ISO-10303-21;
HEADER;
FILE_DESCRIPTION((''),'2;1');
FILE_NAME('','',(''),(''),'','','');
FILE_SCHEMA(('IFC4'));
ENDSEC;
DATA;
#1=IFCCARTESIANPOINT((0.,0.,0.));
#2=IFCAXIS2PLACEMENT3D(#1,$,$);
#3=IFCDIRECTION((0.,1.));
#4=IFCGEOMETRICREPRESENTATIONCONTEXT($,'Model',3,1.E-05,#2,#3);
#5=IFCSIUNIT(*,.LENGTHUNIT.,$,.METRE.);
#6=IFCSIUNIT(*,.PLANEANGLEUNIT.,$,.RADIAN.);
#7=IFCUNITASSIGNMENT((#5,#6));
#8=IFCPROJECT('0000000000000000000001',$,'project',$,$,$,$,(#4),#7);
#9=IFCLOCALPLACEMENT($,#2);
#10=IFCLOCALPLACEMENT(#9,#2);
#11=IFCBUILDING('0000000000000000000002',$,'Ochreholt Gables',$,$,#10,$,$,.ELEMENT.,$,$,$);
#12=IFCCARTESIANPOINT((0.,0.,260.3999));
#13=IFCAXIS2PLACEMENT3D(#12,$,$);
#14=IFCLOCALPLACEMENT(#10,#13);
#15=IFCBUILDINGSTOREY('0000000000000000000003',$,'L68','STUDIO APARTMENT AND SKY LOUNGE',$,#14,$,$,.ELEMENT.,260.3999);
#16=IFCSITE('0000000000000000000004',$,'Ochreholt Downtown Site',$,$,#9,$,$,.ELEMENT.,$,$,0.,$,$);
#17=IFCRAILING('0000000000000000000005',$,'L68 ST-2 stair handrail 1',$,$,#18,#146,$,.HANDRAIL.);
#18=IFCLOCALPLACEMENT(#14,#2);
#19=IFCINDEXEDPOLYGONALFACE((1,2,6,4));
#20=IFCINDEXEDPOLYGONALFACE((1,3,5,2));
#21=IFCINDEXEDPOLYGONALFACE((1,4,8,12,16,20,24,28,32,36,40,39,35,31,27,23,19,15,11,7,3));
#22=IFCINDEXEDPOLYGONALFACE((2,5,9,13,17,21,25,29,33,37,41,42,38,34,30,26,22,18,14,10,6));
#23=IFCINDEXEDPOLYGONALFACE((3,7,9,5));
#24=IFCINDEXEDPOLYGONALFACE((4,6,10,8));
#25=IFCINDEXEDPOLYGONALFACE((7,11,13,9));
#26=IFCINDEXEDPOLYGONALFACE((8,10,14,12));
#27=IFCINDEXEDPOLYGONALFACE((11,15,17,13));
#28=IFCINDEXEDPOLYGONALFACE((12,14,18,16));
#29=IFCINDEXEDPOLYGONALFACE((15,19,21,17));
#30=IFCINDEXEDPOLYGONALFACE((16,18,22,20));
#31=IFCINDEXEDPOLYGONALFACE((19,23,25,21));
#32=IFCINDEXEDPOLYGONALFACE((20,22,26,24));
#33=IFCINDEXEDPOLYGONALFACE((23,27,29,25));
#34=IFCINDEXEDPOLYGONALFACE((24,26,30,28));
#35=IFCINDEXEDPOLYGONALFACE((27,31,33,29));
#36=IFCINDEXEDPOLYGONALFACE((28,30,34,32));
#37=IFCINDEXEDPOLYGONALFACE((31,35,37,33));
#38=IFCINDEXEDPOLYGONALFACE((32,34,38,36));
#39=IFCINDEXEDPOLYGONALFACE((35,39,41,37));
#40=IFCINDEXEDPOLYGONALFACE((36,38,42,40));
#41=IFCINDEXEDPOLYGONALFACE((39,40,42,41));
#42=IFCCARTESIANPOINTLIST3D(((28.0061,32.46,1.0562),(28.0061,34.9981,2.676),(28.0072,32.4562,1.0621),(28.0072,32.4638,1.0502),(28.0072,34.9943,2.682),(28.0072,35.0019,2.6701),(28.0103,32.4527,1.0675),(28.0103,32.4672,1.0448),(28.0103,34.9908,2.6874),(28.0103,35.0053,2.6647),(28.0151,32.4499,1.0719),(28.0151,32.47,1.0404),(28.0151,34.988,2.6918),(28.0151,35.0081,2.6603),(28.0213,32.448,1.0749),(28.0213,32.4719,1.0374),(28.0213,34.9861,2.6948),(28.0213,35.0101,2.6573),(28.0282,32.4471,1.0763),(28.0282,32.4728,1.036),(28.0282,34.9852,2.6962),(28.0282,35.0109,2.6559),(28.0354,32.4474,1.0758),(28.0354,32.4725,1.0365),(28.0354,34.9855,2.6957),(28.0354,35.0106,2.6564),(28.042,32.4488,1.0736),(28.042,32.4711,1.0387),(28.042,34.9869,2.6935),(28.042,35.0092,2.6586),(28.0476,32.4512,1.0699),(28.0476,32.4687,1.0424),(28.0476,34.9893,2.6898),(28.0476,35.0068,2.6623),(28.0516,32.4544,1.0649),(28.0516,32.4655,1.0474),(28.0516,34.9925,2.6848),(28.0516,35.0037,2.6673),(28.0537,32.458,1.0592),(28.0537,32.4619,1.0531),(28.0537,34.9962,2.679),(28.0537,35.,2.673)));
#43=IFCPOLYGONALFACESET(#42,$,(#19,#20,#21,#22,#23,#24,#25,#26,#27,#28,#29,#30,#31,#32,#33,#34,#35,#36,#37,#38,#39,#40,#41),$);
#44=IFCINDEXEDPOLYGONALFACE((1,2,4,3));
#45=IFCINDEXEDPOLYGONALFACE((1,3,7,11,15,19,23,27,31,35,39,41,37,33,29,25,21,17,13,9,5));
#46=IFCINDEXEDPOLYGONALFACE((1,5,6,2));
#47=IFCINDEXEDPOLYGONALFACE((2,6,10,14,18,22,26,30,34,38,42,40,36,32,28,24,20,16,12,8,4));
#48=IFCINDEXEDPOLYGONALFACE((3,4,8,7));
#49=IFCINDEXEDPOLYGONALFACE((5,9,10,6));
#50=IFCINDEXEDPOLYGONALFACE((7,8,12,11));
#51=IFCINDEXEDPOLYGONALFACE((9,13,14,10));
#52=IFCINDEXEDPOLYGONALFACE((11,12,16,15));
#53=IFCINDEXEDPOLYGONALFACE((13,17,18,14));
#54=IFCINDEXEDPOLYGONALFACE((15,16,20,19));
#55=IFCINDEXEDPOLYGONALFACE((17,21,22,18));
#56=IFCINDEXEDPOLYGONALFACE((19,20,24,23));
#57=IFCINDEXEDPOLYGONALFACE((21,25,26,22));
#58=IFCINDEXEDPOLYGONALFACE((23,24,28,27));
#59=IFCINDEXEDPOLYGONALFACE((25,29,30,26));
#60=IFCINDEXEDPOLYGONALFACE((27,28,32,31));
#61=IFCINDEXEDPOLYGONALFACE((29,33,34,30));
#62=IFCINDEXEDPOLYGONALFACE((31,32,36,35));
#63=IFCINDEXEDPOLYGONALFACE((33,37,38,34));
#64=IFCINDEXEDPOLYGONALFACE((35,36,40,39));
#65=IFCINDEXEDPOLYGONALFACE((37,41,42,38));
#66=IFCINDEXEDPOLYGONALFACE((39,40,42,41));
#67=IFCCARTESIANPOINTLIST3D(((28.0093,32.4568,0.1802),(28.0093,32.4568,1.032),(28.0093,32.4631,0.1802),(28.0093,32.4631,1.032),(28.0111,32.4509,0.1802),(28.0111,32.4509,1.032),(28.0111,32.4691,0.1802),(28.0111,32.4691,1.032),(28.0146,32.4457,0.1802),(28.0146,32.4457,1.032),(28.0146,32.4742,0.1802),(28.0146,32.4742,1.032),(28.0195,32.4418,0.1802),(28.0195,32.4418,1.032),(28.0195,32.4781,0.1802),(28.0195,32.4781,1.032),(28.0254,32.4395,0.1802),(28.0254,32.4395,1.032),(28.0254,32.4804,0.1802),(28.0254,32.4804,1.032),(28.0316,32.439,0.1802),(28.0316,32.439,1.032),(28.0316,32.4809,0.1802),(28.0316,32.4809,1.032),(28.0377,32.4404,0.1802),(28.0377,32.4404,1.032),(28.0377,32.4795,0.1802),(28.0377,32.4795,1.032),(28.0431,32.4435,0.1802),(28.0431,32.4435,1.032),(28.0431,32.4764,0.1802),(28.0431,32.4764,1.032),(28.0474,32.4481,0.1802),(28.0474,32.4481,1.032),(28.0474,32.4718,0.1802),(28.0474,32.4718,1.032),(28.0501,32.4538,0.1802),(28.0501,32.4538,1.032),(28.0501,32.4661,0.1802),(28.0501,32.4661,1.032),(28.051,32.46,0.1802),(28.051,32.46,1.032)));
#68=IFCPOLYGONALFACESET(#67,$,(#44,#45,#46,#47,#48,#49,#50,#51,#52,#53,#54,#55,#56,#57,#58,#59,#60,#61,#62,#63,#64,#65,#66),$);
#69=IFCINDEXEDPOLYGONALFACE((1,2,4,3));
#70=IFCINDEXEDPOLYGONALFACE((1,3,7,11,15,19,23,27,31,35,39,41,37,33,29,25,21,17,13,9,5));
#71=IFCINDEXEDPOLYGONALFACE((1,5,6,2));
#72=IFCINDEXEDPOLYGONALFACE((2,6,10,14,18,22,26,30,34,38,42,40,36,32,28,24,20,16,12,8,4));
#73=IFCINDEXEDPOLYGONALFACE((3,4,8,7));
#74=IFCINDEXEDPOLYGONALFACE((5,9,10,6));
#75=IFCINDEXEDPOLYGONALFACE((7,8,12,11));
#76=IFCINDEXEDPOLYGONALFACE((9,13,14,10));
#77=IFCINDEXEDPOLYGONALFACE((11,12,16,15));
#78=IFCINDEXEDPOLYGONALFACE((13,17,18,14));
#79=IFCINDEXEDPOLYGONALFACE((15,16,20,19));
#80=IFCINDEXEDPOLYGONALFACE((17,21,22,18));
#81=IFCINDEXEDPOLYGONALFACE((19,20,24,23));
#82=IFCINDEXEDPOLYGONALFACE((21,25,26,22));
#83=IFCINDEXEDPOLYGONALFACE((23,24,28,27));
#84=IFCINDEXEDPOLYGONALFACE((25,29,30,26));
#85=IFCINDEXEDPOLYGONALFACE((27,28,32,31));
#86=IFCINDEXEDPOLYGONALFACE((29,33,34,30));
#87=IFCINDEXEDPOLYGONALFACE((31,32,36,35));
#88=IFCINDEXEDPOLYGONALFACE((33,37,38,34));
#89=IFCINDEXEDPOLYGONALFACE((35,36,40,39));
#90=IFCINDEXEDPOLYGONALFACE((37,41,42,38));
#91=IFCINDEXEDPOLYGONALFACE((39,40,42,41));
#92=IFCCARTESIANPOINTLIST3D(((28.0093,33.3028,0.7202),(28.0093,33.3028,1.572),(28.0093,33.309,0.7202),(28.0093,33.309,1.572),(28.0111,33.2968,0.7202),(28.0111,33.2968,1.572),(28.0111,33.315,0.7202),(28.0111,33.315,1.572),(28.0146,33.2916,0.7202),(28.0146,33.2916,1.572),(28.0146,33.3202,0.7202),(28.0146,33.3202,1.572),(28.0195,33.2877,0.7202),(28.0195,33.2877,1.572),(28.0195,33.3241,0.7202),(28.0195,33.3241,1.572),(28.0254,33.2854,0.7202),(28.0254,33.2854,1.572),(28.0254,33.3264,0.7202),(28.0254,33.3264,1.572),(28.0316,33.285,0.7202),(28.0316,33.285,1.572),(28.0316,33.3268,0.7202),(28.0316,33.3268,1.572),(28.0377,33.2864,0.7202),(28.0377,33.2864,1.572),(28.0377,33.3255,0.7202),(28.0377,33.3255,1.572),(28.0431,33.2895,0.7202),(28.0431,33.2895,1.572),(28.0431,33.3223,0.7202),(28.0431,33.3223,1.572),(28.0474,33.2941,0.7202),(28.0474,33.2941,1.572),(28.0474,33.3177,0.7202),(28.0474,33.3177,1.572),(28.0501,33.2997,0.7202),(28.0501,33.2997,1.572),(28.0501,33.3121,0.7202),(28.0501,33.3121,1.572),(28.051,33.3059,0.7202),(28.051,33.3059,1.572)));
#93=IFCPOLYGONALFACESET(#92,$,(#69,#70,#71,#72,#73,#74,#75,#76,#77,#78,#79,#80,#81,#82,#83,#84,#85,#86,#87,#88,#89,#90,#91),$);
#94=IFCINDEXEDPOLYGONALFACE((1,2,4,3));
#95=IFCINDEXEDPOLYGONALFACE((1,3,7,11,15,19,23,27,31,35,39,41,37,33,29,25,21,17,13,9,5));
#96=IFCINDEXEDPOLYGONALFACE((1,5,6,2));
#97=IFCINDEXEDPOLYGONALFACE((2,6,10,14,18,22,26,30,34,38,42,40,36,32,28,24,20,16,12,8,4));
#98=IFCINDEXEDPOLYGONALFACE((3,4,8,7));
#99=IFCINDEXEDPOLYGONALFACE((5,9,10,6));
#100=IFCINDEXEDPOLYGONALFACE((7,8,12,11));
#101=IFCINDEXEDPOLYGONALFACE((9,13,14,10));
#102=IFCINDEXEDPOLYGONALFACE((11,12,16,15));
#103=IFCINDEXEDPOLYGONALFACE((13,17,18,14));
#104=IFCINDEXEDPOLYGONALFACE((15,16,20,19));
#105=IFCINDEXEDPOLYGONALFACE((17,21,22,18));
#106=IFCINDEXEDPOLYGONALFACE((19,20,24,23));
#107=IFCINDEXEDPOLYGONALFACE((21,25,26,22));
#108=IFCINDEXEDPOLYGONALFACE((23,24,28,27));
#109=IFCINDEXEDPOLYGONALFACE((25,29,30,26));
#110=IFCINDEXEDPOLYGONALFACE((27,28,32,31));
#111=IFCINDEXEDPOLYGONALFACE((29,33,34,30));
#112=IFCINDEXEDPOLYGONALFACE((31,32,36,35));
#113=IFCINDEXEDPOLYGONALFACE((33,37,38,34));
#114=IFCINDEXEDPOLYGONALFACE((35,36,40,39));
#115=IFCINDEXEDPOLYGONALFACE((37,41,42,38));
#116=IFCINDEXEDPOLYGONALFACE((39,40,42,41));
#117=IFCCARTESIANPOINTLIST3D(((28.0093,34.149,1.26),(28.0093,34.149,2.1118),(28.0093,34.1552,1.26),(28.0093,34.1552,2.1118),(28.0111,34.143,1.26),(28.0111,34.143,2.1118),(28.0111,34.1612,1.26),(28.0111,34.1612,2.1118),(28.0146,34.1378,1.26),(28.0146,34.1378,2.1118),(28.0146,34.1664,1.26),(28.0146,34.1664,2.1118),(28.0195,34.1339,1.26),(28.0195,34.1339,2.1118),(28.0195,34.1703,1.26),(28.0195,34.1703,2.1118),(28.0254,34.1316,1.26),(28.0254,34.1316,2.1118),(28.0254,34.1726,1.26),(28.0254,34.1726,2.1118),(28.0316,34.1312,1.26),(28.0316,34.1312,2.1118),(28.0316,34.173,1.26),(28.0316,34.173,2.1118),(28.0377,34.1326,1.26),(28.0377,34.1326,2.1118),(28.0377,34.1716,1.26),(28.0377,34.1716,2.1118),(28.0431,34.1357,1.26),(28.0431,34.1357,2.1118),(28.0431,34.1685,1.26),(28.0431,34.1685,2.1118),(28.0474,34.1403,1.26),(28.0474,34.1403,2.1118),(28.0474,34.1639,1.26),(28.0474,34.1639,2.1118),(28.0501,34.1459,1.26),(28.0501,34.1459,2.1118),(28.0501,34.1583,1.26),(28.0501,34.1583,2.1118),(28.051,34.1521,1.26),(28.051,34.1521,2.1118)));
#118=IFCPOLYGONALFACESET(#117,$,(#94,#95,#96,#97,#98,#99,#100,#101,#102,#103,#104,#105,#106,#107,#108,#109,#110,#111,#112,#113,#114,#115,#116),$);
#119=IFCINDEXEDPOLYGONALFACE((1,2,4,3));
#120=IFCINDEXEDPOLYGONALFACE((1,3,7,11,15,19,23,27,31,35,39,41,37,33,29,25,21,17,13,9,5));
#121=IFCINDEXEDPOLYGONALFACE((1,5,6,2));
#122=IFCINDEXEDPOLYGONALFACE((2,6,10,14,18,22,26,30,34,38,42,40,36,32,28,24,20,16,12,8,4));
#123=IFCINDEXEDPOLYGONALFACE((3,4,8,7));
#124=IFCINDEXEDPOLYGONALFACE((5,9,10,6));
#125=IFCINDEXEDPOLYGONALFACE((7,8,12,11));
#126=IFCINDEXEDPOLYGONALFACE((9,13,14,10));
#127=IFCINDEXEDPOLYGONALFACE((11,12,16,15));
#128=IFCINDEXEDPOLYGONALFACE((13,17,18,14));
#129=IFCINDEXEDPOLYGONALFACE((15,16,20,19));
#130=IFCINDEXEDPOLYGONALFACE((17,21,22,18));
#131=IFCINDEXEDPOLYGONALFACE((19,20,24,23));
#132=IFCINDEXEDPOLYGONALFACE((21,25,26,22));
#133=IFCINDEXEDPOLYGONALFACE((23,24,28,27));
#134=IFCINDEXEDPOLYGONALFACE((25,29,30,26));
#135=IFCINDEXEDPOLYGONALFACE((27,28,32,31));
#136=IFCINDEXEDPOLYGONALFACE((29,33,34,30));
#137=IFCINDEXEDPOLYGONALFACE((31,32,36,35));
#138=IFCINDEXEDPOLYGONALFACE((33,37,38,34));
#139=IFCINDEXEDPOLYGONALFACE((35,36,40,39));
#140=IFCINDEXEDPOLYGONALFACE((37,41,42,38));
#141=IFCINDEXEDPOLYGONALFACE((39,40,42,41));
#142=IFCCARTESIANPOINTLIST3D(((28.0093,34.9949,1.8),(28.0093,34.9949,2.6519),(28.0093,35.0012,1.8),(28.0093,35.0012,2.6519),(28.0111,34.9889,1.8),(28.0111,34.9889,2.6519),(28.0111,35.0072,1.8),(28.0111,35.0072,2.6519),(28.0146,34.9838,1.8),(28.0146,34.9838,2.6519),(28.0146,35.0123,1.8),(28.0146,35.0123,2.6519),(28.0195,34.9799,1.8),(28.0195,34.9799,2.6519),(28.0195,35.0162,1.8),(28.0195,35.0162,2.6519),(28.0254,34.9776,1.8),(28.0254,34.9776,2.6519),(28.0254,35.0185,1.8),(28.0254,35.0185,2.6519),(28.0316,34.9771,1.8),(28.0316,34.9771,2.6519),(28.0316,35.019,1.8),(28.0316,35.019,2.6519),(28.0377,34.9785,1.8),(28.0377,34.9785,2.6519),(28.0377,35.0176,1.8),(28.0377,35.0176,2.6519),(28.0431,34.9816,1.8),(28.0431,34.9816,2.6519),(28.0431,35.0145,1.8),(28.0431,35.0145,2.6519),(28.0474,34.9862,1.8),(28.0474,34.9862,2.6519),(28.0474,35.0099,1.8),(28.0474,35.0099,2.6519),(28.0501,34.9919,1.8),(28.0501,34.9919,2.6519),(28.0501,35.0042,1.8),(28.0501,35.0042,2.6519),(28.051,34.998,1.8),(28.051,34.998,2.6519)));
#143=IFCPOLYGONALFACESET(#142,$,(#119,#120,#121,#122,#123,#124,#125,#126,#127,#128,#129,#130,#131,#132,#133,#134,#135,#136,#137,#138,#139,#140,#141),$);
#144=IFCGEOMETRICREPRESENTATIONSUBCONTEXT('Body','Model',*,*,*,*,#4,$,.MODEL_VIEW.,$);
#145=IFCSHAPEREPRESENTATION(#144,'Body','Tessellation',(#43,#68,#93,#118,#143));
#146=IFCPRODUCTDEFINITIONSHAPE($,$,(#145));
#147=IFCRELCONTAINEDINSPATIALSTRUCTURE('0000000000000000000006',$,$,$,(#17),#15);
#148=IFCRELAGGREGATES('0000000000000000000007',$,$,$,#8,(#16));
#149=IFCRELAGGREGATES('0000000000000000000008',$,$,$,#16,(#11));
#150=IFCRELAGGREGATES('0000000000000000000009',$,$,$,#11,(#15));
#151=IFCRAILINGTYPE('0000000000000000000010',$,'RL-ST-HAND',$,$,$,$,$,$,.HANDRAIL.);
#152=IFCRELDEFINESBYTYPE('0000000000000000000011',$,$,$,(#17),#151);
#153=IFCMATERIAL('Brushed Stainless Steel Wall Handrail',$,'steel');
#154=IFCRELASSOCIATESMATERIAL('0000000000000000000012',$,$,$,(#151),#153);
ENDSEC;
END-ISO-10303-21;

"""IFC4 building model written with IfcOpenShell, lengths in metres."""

from ifc_helpers import new_model, si_unit, direction, frame, origin, origin_2d, place, context, subcontext, project, spatial, circle, extrude, material, type_object, element, save


model = new_model("IFC4")

# Units and contexts
model_context = context("Model", 3, precision=1e-05, world=origin(), true_north=direction((0.0, 1.0)))
body_context = subcontext(model_context, "Body", "Model", "MODEL_VIEW")
ifc_project = project(units=[si_unit("LENGTHUNIT", "METRE"), si_unit("PLANEANGLEUNIT", "RADIAN")], contexts=[model_context])

# Site, building, storey
site_placement = place(None, origin())
site = spatial("IfcSite", under=ifc_project, at=site_placement, Name="Ochreholt Downtown Site", CompositionType="ELEMENT", RefElevation=0.0)
building_placement = place(site_placement, origin())
building = spatial("IfcBuilding", under=site, at=building_placement, Name="Ochreholt Gables", CompositionType="ELEMENT")
storey_placement = place(building_placement, frame((0.0, 0.0, 260.3999)))
storey = spatial("IfcBuildingStorey", under=building, at=storey_placement, Name="L68", Description="STUDIO APARTMENT AND SKY LOUNGE", CompositionType="ELEMENT", Elevation=260.3999)

# Railing
ifc_material_1 = material(Name="Brushed Stainless Steel Wall Handrail", Category="steel")
railing_type_1 = type_object("IfcRailingType", Name="RL-ST-HAND", PredefinedType="HANDRAIL", material=ifc_material_1)
railing_1_placement = place(storey_placement, frame((28.03, 32.46, 0.1802)))
element("IfcRailing", 1, at=railing_1_placement, inside=storey, type_object=railing_type_1, Name="L68 ST-2 stair handrail 1", PredefinedType="HANDRAIL", context=body_context, shape_type="SweptSolid", body=[
    extrude(circle(Radius=0.0239, at=origin_2d()), frame((0.0, 0.0, 0.876), z_axis=(0.0, 0.84295, 0.537993), x_axis=(-1.0, 0.0, 0.0)), (0.0, 0.0, 1.0), 3.011),
    extrude(circle(Radius=0.021, at=origin_2d()), origin(), (0.0, 0.0, 1.0), 0.8518),
    extrude(circle(Radius=0.021, at=origin_2d()), frame((0.0, 0.8459, 0.54)), (0.0, 0.0, 1.0), 0.8518),
    extrude(circle(Radius=0.021, at=origin_2d()), frame((0.0, 1.6921, 1.0798)), (0.0, 0.0, 1.0), 0.8518),
    extrude(circle(Radius=0.021, at=origin_2d()), frame((0.0, 2.5381, 1.6199)), (0.0, 0.0, 1.0), 0.8518),
])

save(model, "model.ifc")
